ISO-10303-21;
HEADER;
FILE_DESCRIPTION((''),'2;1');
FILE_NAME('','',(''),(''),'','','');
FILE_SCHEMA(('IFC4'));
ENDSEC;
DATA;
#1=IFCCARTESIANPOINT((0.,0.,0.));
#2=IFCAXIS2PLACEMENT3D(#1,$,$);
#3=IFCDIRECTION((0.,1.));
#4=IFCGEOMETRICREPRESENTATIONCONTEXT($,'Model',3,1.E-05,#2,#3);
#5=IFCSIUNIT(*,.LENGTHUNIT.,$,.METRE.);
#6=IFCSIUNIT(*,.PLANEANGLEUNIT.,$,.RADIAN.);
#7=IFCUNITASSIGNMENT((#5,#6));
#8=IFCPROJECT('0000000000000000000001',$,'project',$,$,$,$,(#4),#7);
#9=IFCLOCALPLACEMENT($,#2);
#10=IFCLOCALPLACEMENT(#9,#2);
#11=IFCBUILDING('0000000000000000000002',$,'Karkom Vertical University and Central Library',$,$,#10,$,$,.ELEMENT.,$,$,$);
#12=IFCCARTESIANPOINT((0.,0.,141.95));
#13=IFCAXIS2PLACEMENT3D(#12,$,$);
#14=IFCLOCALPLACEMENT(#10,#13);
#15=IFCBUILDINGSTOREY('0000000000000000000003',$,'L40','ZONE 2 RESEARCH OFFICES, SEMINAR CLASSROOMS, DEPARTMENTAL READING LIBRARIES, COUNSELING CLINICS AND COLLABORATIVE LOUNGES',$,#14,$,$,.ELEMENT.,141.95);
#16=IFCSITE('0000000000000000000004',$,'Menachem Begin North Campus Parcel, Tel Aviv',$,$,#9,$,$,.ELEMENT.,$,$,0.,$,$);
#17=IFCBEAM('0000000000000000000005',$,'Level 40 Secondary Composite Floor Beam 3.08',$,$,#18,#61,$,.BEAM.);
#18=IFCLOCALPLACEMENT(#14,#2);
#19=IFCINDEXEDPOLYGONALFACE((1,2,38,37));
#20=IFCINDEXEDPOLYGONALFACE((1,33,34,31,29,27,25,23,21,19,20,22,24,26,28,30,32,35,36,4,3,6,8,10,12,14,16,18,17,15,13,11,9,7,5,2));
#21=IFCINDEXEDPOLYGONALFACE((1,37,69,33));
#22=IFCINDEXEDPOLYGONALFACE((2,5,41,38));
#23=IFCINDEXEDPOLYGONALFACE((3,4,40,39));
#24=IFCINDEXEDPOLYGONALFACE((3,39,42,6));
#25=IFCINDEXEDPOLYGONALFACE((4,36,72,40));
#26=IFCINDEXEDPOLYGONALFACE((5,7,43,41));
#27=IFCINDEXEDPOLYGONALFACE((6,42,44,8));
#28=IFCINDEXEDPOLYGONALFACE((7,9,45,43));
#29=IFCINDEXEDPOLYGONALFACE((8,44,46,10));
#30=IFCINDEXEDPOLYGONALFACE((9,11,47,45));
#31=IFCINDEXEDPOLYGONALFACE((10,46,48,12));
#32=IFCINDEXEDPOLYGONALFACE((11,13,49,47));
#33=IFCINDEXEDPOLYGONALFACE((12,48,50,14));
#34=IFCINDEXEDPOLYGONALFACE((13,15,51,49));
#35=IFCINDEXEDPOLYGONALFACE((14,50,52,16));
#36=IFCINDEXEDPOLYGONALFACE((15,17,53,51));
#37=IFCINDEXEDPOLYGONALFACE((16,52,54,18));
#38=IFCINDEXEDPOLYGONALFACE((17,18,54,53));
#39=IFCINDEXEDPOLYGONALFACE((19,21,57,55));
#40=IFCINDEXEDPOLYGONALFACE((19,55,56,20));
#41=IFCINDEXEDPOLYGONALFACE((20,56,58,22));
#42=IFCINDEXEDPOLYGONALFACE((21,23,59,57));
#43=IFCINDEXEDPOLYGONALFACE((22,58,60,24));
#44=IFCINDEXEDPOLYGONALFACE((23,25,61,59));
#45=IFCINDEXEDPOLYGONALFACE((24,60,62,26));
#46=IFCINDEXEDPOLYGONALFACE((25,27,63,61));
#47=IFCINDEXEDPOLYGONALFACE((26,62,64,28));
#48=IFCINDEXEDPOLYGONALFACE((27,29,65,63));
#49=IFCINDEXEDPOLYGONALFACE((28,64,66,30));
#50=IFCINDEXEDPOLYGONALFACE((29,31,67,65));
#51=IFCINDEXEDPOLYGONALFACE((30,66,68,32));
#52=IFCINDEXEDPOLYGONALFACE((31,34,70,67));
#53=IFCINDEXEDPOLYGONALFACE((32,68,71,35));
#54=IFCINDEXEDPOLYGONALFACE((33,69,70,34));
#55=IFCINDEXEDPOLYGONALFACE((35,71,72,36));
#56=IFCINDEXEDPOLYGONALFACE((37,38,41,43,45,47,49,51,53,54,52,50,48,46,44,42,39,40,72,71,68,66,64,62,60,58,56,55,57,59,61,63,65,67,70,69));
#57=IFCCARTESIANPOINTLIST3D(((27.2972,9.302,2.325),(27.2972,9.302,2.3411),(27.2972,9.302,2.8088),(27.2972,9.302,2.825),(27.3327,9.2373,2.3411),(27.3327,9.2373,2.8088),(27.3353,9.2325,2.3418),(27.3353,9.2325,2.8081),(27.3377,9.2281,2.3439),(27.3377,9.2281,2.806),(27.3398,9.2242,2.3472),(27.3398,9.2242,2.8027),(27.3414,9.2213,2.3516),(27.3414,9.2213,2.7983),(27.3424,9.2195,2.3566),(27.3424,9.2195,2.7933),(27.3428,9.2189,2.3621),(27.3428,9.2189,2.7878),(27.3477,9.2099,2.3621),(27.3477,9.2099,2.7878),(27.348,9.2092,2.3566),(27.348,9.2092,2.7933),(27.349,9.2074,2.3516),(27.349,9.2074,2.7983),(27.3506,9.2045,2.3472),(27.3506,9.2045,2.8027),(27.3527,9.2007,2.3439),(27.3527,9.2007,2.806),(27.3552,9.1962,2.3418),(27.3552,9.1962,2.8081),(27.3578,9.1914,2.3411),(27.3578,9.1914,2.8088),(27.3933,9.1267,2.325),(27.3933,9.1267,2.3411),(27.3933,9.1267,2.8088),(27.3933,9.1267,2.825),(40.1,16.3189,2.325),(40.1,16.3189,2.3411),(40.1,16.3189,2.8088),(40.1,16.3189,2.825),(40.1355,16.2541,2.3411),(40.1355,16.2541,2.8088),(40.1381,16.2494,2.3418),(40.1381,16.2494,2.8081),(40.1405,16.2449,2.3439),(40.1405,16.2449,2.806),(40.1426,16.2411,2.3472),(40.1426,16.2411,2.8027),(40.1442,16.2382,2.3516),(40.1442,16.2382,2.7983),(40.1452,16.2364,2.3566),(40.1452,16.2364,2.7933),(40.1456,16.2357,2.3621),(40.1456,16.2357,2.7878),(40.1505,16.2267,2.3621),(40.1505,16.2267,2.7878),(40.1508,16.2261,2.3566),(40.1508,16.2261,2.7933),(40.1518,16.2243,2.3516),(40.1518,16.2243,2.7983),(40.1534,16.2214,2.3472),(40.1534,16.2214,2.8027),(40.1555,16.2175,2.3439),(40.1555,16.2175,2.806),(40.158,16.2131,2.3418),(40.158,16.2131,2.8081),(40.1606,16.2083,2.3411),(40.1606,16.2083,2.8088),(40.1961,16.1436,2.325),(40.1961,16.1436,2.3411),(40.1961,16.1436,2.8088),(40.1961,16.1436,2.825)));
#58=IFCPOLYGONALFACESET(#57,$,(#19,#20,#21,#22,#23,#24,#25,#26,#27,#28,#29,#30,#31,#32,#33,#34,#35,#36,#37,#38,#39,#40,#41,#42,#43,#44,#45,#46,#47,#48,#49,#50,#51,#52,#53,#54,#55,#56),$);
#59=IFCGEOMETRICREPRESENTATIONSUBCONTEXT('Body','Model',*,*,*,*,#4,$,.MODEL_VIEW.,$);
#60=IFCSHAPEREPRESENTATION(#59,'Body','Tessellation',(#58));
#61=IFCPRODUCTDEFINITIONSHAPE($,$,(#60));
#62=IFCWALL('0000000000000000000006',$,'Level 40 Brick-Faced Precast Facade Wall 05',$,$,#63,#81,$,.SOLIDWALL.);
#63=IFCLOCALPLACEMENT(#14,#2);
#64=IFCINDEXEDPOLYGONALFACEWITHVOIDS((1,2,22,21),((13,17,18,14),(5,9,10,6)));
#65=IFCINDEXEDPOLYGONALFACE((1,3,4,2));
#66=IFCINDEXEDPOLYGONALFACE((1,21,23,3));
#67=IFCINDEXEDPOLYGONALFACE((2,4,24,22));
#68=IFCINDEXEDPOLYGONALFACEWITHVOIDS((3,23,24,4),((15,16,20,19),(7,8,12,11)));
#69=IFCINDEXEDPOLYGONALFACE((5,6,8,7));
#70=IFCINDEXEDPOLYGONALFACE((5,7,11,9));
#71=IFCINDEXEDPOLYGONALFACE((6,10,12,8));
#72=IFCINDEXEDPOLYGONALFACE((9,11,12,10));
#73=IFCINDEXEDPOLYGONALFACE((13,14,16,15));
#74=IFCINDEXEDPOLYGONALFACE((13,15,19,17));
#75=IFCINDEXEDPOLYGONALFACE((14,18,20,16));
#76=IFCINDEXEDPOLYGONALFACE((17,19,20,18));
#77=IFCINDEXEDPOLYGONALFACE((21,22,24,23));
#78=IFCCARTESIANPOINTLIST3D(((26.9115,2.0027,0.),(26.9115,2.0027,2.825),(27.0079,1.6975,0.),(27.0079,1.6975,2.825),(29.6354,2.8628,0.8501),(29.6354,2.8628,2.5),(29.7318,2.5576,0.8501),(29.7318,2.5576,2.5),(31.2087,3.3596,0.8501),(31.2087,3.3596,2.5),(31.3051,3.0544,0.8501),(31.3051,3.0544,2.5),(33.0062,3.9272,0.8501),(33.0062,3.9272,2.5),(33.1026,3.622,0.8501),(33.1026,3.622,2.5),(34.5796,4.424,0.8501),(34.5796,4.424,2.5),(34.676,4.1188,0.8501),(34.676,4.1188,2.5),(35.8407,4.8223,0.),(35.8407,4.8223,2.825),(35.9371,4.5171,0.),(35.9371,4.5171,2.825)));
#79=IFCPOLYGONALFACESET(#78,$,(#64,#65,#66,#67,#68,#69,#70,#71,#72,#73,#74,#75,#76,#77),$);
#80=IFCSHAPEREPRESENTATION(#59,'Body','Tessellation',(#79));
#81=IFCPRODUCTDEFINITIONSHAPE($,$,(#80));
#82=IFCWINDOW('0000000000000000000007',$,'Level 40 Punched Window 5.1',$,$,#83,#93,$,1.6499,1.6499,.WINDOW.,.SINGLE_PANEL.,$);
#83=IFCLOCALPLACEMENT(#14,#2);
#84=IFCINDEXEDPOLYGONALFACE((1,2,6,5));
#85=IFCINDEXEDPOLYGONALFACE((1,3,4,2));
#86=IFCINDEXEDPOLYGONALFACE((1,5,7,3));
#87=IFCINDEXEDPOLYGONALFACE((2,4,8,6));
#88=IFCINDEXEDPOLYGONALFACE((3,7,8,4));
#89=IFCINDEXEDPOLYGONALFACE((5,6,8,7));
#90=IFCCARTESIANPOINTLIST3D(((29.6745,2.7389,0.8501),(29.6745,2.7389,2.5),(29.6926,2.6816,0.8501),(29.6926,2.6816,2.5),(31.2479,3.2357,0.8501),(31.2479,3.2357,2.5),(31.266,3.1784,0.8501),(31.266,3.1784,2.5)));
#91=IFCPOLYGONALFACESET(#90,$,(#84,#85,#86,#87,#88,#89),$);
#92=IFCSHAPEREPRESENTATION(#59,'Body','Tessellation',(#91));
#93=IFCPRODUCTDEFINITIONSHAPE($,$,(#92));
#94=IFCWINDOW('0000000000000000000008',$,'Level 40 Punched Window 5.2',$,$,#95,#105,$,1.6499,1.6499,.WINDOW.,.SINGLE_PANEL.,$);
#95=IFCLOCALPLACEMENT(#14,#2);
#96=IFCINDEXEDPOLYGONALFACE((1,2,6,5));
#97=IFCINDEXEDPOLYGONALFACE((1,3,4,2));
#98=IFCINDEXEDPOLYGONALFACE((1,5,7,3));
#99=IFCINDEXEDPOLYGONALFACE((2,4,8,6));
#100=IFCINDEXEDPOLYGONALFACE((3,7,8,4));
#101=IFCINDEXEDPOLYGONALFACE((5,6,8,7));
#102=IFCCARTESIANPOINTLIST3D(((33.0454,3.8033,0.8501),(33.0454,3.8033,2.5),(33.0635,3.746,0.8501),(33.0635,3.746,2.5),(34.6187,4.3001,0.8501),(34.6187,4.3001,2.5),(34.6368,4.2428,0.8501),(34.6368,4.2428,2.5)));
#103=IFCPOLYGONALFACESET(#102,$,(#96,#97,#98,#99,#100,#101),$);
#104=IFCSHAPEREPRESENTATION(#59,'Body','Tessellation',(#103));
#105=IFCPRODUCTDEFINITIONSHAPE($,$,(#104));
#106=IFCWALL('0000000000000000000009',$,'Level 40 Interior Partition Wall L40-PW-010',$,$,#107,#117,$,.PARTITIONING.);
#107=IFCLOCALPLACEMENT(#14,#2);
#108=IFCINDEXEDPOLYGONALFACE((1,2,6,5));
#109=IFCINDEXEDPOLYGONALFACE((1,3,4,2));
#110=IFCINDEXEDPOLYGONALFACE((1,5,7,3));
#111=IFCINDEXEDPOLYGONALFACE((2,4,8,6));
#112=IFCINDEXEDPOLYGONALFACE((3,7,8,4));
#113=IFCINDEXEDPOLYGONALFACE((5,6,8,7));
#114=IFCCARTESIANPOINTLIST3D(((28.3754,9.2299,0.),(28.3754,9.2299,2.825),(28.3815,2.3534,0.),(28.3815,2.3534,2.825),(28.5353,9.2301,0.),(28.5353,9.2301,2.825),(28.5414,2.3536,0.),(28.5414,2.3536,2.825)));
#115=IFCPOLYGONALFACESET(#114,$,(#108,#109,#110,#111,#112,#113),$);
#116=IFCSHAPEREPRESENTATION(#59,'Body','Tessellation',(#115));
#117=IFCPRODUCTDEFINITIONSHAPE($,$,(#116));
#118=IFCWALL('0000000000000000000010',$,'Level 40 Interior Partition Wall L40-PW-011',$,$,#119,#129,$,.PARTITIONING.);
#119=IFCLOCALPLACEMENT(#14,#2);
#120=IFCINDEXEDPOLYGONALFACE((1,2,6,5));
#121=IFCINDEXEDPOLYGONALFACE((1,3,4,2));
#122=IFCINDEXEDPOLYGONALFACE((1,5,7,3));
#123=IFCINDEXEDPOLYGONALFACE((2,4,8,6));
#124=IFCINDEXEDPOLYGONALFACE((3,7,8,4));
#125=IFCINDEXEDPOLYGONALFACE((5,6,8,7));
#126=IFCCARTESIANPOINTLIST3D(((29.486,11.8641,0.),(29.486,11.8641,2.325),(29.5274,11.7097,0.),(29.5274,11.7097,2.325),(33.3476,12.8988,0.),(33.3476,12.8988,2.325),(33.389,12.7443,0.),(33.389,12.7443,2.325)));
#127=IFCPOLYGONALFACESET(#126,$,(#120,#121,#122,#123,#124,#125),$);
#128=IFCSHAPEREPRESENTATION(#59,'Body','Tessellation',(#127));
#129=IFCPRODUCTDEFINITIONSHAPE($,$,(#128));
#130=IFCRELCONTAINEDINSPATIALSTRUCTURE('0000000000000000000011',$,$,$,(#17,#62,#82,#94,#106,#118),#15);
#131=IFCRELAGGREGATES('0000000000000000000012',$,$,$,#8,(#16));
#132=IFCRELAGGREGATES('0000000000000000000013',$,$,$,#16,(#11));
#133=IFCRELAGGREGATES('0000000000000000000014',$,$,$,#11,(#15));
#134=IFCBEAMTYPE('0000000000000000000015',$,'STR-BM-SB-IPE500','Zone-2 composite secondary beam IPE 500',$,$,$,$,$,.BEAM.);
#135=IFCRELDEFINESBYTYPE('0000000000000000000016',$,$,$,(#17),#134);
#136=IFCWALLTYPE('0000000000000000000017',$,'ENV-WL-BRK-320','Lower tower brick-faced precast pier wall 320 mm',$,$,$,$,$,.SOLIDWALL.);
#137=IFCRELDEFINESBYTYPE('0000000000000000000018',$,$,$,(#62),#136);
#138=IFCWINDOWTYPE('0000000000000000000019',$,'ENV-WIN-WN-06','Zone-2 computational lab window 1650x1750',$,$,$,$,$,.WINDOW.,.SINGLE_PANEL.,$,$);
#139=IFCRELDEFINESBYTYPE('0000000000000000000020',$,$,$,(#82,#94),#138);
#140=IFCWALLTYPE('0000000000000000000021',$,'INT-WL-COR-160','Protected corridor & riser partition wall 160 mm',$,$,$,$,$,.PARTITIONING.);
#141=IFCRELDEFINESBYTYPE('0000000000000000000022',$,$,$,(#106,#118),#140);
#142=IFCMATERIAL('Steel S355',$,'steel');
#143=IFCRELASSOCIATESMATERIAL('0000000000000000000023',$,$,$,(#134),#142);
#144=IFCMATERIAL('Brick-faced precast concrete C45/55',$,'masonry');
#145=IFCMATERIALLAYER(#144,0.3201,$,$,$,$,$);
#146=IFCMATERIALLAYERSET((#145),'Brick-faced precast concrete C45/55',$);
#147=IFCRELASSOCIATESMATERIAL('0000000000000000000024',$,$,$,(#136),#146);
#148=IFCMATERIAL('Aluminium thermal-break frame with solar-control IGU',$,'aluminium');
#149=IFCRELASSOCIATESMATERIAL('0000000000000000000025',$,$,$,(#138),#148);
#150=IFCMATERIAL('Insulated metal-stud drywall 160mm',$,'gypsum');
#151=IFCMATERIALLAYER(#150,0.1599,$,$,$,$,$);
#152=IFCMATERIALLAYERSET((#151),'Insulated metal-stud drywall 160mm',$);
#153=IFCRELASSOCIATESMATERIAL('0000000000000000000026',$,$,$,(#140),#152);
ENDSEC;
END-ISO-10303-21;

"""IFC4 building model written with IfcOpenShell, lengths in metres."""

from ifc_helpers import new_model, si_unit, direction, frame, frame_2d, origin, origin_with_axes, origin_2d, place, context, subcontext, project, spatial, rectangle, i_section, extrude, source, transform, mapped, material, layer, layer_set, material_profile, profile_set, type_object, element, fill, save


model = new_model("IFC4")

# Units and contexts
model_context = context("Model", 3, precision=1e-05, world=origin(), true_north=direction((0.0, 1.0)))
body_context = subcontext(model_context, "Body", "Model", "MODEL_VIEW")
ifc_project = project(units=[si_unit("LENGTHUNIT", "METRE"), si_unit("PLANEANGLEUNIT", "RADIAN")], contexts=[model_context])

# Site, building, storey
site_placement = place(None, origin())
site = spatial("IfcSite", under=ifc_project, at=site_placement, Name="Menachem Begin North Campus Parcel, Tel Aviv", CompositionType="ELEMENT", RefElevation=0.0)
building_placement = place(site_placement, origin())
building = spatial("IfcBuilding", under=site, at=building_placement, Name="Karkom Vertical University and Central Library", CompositionType="ELEMENT")
storey_placement = place(building_placement, frame((0.0, 0.0, 141.95)))
storey = spatial("IfcBuildingStorey", under=building, at=storey_placement, Name="L40", Description="ZONE 2 RESEARCH OFFICES, SEMINAR CLASSROOMS, DEPARTMENTAL READING LIBRARIES, COUNSELING CLINICS AND COLLABORATIVE LOUNGES", CompositionType="ELEMENT", Elevation=141.95)

# Beam
ifc_material_1 = material(Name="Steel S355", Category="steel")
ifc_material_profile_1 = material_profile(ifc_material_1, i_section(OverallWidth=0.2, OverallDepth=0.5, WebThickness=0.0103, FlangeThickness=0.0161, FilletRadius=0.021, at=origin_2d()), Name="IPE 500")
ifc_profile_set_1 = profile_set([ifc_material_profile_1], Name="Steel S355")
beam_type_1 = type_object("IfcBeamType", Name="STR-BM-SB-IPE500", Description="Zone-2 composite secondary beam IPE 500", PredefinedType="BEAM", material=ifc_profile_set_1)
shared_shape_1 = source(origin_with_axes(), body_context, "Body", "SweptSolid", [
    extrude(i_section(OverallWidth=0.2, OverallDepth=0.5, WebThickness=0.0103, FlangeThickness=0.0161, FilletRadius=0.021, at=origin_2d()), origin(), (0.0, 0.0, 1.0), 14.5996),
])
beam_1_placement = place(storey_placement, frame((27.3452, 9.2144, 2.575), z_axis=(0.876928, 0.480622, 0.0), x_axis=(-0.480622, 0.876928, 0.0)))
element("IfcBeam", 1, at=beam_1_placement, inside=storey, type_object=beam_type_1, Name="Level 40 Secondary Composite Floor Beam 3.08", PredefinedType="BEAM", context=body_context, shape_type="MappedRepresentation", body=[
    mapped(shared_shape_1, transform((0.0, 0.0, 0.0), scale=1.0)),
])

# Wall, openings, windows
ifc_material_2 = material(Name="Brick-faced precast concrete C45/55", Category="masonry")
ifc_layer_1 = layer(ifc_material_2, 0.3201)
ifc_layer_set_1 = layer_set([ifc_layer_1], Name="Brick-faced precast concrete C45/55")
wall_type_1 = type_object("IfcWallType", Name="ENV-WL-BRK-320", Description="Lower tower brick-faced precast pier wall 320 mm", PredefinedType="SOLIDWALL", material=ifc_layer_set_1)
wall_1_placement = place(storey_placement, frame((26.9597, 1.8501, 0.0), z_axis=(0.0, 0.0, 1.0), x_axis=(0.953588, 0.301115, 0.0)))
wall_1 = element("IfcWall", 2, at=wall_1_placement, inside=storey, type_object=wall_type_1, Name="Level 40 Brick-Faced Precast Facade Wall 05", PredefinedType="SOLIDWALL", context=body_context, shape_type="SweptSolid", body=[
    extrude(rectangle(XDim=9.3638, YDim=0.3201, at=frame_2d((4.6819, 0.0))), origin(), (0.0, 0.0, 1.0), 2.825),
])
opening_1_placement = place(wall_1_placement, frame((2.8564, 0.0, 0.8501)))
opening_1 = element("IfcOpeningElement", 3, at=opening_1_placement, cuts=wall_1, PredefinedType="OPENING", context=body_context, shape_type="SweptSolid", body=[
    extrude(rectangle(XDim=1.6499, YDim=1.6499, at=frame_2d((0.825, 0.825))), frame((0.0, 0.1699, 0.0), z_axis=(0.0, -1.0, 0.0), x_axis=(1.0, 0.0, 0.0)), (0.0, 0.0, 1.0), 0.3401),
])
opening_2_placement = place(wall_1_placement, frame((6.3914, 0.0, 0.8501)))
opening_2 = element("IfcOpeningElement", 4, at=opening_2_placement, cuts=wall_1, PredefinedType="OPENING", context=body_context, shape_type="SweptSolid", body=[
    extrude(rectangle(XDim=1.6499, YDim=1.6499, at=frame_2d((0.825, 0.825))), frame((0.0, 0.1699, 0.0), z_axis=(0.0, -1.0, 0.0), x_axis=(1.0, 0.0, 0.0)), (0.0, 0.0, 1.0), 0.3401),
])
ifc_material_3 = material(Name="Aluminium thermal-break frame with solar-control IGU", Category="aluminium")
window_type = type_object("IfcWindowType", Name="ENV-WIN-WN-06", Description="Zone-2 computational lab window 1650x1750", PartitioningType="SINGLE_PANEL", PredefinedType="WINDOW", material=ifc_material_3)
shared_shape_2 = source(origin_with_axes(), body_context, "Body", "SweptSolid", [
    extrude(rectangle(XDim=1.6499, YDim=1.6499, at=frame_2d((0.825, 0.825))), frame((0.0, 0.03, 0.0), z_axis=(0.0, -1.0, 0.0), x_axis=(1.0, 0.0, 0.0)), (0.0, 0.0, 1.0), 0.0601),
])
window_1_placement = place(opening_1_placement, origin())
window_1 = element("IfcWindow", 5, at=window_1_placement, inside=storey, type_object=window_type, Name="Level 40 Punched Window 5.1", OverallHeight=1.6499, OverallWidth=1.6499, PartitioningType="SINGLE_PANEL", PredefinedType="WINDOW", context=body_context, shape_type="MappedRepresentation", body=[
    mapped(shared_shape_2, transform((0.0, 0.0, 0.0), scale=1.0)),
])
fill(opening_1, window_1)
window_2_placement = place(opening_2_placement, origin())
window_2 = element("IfcWindow", 6, at=window_2_placement, inside=storey, type_object=window_type, Name="Level 40 Punched Window 5.2", OverallHeight=1.6499, OverallWidth=1.6499, PartitioningType="SINGLE_PANEL", PredefinedType="WINDOW", context=body_context, shape_type="MappedRepresentation", body=[
    mapped(shared_shape_2, transform((0.0, 0.0, 0.0), scale=1.0)),
])
fill(opening_2, window_2)

# Shared definitions
ifc_material_4 = material(Name="Insulated metal-stud drywall 160mm", Category="gypsum")
ifc_layer_2 = layer(ifc_material_4, 0.1599)
ifc_layer_set_2 = layer_set([ifc_layer_2], Name="Insulated metal-stud drywall 160mm")
wall_type_2 = type_object("IfcWallType", Name="INT-WL-COR-160", Description="Protected corridor & riser partition wall 160 mm", PredefinedType="PARTITIONING", material=ifc_layer_set_2)

# Wall
wall_2_placement = place(storey_placement, frame((28.4553, 9.23, 0.0), z_axis=(0.0, 0.0, 1.0), x_axis=(0.000888, -1.0, 0.0)))
element("IfcWall", 7, at=wall_2_placement, inside=storey, type_object=wall_type_2, Name="Level 40 Interior Partition Wall L40-PW-010", PredefinedType="PARTITIONING", context=body_context, shape_type="SweptSolid", body=[
    extrude(rectangle(XDim=6.8765, YDim=0.1599, at=frame_2d((3.4382, 0.0))), origin(), (0.0, 0.0, 1.0), 2.825),
])

# Wall
wall_3_placement = place(storey_placement, frame((29.5066, 11.7869, 0.0), z_axis=(0.0, 0.0, 1.0), x_axis=(0.965928, 0.25881, 0.0)))
element("IfcWall", 8, at=wall_3_placement, inside=storey, type_object=wall_type_2, Name="Level 40 Interior Partition Wall L40-PW-011", PredefinedType="PARTITIONING", context=body_context, shape_type="SweptSolid", body=[
    extrude(rectangle(XDim=3.9978, YDim=0.1599, at=frame_2d((1.999, 0.0))), origin(), (0.0, 0.0, 1.0), 2.325),
])

save(model, "model.ifc")
